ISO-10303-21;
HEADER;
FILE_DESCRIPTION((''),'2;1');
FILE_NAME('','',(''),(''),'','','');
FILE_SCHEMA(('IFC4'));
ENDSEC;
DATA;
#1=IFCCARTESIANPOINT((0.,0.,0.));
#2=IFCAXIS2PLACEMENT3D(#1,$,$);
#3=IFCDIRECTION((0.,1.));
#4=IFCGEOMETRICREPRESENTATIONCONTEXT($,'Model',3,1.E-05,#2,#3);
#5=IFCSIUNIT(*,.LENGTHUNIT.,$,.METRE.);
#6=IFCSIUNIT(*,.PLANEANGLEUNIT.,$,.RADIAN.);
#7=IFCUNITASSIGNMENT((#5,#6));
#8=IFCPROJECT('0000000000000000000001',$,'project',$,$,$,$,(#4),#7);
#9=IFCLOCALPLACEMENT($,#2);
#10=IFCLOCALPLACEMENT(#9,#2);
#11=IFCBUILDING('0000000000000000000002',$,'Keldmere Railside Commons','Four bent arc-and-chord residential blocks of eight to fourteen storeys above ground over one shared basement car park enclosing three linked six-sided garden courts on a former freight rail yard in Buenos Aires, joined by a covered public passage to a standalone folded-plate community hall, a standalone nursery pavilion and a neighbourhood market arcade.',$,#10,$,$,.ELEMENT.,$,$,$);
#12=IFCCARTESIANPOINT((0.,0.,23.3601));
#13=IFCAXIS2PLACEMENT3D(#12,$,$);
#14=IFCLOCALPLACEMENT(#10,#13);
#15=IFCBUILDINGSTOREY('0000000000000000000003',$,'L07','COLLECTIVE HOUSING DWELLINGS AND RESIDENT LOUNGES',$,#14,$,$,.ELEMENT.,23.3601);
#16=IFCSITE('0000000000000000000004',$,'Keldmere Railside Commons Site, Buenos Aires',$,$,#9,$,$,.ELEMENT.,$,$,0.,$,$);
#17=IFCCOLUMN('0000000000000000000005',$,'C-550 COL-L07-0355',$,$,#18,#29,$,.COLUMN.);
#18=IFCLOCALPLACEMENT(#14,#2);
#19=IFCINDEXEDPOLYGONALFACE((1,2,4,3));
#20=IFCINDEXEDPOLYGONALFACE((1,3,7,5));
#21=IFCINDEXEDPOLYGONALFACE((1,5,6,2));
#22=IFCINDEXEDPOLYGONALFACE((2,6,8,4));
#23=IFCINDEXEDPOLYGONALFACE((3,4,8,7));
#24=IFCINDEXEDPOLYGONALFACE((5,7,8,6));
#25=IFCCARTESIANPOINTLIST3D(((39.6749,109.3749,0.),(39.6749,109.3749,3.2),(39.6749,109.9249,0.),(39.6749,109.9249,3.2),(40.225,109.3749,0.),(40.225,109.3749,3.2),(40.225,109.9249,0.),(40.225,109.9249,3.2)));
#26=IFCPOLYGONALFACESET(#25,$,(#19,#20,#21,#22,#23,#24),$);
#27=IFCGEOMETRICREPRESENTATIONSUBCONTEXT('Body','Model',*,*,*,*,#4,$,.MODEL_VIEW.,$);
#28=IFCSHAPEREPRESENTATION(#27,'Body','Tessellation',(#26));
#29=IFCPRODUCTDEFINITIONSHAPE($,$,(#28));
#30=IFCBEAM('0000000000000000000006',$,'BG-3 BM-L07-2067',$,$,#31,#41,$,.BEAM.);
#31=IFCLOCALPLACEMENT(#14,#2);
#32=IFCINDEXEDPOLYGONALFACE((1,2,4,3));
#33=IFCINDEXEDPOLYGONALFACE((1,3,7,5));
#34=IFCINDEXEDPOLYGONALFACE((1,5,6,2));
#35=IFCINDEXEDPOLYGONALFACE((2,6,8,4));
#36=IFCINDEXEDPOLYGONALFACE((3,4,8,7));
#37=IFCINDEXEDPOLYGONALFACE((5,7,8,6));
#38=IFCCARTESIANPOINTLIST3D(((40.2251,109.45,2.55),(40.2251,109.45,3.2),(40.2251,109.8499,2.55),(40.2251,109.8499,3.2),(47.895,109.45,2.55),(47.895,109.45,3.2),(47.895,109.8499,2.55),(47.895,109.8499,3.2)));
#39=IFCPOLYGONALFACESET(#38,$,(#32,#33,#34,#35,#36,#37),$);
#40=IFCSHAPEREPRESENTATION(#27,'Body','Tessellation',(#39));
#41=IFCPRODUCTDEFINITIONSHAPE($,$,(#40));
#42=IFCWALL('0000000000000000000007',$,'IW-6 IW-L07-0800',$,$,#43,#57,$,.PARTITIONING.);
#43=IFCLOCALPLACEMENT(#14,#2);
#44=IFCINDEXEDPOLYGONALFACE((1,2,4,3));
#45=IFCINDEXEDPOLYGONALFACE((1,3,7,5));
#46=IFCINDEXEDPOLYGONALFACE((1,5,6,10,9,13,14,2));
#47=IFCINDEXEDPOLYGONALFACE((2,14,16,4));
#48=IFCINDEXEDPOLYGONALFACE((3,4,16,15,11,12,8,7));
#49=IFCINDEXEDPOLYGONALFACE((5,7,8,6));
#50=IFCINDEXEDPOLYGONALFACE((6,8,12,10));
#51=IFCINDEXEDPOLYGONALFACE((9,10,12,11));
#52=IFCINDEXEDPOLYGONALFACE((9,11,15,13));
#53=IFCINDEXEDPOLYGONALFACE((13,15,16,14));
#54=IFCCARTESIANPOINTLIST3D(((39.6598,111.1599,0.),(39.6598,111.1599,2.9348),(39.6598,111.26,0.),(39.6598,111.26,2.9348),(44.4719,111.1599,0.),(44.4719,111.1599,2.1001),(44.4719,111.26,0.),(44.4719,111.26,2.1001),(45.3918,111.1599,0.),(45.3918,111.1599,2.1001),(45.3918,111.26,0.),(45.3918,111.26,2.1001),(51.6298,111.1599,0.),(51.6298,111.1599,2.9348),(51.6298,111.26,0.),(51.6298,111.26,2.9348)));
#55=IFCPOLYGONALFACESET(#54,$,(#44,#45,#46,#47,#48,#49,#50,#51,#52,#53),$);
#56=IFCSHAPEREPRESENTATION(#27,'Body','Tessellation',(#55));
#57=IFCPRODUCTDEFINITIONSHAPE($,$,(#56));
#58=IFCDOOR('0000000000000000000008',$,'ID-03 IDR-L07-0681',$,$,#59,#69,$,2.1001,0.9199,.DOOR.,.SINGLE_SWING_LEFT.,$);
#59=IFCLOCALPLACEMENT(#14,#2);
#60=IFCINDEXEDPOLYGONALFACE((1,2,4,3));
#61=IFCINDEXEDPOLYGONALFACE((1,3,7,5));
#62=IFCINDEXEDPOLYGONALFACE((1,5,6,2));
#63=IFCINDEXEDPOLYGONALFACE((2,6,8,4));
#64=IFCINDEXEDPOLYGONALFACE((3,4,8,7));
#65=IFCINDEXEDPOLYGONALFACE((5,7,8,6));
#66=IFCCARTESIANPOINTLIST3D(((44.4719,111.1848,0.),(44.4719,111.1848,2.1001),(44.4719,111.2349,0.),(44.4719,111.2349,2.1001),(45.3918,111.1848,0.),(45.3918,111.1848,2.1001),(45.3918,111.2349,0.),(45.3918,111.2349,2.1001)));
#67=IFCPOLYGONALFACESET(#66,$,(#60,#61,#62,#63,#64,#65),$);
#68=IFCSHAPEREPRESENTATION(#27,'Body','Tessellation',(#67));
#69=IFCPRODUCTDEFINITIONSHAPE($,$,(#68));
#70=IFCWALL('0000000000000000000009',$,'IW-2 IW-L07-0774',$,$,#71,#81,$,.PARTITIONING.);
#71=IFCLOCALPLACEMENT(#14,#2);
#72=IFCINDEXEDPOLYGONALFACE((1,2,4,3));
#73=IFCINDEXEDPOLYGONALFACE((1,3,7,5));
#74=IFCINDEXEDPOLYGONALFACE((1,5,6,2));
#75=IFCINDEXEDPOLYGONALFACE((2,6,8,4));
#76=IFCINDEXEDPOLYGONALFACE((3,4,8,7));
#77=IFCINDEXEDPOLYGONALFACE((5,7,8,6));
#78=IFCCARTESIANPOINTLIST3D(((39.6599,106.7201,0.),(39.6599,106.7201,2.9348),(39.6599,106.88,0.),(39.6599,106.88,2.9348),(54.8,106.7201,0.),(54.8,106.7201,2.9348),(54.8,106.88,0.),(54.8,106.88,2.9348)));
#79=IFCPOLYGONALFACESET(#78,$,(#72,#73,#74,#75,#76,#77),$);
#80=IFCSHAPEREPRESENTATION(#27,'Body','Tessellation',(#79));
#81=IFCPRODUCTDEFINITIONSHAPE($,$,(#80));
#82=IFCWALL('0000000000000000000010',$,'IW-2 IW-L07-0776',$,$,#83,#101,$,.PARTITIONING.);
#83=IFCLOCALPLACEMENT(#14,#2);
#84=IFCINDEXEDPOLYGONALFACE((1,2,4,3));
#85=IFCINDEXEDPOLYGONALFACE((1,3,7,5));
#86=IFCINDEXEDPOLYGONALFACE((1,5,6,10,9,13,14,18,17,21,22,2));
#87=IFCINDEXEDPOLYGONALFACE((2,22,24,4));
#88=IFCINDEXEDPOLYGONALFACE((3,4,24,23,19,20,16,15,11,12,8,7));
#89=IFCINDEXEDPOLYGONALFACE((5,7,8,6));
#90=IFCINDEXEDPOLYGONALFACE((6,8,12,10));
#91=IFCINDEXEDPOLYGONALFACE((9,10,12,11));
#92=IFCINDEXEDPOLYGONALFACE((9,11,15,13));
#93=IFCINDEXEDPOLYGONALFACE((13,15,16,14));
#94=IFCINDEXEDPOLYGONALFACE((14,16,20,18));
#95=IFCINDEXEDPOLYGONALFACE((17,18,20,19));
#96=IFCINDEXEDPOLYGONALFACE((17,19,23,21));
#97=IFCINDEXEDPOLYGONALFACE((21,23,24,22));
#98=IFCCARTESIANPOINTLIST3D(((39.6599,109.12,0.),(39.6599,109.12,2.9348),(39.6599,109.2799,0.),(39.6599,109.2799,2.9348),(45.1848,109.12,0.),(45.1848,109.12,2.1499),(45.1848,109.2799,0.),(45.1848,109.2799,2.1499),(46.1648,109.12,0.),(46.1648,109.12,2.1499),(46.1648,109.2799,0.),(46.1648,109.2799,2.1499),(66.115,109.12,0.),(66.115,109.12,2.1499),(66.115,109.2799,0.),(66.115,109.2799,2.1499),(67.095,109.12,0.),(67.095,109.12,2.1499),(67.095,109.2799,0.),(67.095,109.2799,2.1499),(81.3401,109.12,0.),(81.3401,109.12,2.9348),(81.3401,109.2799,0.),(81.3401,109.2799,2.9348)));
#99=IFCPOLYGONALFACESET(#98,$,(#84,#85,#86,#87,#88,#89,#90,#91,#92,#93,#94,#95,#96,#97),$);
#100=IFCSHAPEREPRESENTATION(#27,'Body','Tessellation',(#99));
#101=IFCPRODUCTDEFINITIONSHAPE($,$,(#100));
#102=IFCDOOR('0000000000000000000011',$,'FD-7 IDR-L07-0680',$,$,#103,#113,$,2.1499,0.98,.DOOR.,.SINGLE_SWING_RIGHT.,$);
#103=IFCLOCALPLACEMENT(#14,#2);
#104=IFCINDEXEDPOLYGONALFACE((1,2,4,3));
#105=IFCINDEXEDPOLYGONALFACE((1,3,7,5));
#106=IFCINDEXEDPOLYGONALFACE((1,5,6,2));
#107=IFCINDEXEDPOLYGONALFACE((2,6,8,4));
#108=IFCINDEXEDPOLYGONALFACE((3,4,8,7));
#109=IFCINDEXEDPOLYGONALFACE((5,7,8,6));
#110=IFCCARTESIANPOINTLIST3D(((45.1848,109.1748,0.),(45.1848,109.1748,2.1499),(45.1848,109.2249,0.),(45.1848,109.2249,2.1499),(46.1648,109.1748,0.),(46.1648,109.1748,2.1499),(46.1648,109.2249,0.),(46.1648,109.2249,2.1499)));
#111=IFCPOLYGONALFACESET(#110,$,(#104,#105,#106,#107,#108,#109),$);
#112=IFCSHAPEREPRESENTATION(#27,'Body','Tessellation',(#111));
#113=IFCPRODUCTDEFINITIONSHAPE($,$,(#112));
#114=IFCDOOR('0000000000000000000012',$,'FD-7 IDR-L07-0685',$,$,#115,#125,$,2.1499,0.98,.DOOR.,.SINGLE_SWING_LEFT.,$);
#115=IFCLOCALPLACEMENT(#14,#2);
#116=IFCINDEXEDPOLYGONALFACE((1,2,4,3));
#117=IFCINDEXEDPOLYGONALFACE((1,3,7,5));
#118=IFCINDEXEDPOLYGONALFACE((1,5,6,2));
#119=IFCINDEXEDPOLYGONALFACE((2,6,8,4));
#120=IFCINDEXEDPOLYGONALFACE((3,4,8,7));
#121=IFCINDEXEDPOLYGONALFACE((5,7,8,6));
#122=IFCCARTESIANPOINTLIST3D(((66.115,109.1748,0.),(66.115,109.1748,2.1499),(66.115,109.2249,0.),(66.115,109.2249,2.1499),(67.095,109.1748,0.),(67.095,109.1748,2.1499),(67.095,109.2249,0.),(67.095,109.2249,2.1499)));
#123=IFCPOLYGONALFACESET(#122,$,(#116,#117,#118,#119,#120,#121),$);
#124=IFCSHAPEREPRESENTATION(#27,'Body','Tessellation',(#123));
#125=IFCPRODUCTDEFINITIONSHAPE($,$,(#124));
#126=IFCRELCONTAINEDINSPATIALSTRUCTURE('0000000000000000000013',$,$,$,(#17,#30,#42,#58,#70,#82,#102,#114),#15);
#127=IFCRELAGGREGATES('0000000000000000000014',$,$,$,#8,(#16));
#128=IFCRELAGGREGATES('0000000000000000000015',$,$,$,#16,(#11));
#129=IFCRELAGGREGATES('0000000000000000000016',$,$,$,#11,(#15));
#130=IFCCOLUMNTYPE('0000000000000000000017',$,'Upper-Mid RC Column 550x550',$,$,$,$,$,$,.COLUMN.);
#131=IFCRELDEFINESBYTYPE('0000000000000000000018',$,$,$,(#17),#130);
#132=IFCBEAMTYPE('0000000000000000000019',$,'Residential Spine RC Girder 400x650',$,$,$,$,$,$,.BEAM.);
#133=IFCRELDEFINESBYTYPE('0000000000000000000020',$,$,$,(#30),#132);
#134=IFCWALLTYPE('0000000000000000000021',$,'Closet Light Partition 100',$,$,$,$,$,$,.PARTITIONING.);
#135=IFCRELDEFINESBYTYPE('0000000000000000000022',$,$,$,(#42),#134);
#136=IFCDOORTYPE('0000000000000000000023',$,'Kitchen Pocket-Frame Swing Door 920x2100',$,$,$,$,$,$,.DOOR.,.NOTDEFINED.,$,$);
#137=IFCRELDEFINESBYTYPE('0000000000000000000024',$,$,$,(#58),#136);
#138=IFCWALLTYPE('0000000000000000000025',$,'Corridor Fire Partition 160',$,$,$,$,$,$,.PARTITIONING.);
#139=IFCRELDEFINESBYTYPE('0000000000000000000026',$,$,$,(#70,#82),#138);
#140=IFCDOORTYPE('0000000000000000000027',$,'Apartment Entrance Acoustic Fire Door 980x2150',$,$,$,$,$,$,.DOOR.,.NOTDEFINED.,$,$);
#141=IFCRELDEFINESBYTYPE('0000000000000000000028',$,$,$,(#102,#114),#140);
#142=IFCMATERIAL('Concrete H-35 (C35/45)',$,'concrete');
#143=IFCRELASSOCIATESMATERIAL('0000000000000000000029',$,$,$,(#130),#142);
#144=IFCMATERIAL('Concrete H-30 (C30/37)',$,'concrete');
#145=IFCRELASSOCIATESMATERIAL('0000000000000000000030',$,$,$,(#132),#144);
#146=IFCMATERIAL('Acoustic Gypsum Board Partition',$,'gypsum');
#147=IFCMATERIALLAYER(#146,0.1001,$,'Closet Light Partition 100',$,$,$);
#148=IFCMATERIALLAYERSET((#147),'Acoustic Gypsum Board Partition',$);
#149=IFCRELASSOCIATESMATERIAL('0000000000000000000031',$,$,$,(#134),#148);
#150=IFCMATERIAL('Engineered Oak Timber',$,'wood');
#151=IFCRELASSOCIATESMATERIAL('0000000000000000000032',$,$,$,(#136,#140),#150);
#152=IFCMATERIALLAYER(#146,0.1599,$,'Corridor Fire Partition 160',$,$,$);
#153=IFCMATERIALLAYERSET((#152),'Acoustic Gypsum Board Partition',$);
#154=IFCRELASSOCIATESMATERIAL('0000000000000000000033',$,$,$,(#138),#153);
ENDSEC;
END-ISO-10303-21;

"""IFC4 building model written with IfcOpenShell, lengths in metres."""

from ifc_helpers import new_model, si_unit, direction, frame, frame_2d, origin, origin_2d, place, context, subcontext, project, spatial, rectangle, extrude, material, layer, layer_set, material_profile, profile_set, type_object, element, fill, save


model = new_model("IFC4")

# Units and contexts
model_context = context("Model", 3, precision=1e-05, world=origin(), true_north=direction((0.0, 1.0)))
body_context = subcontext(model_context, "Body", "Model", "MODEL_VIEW")
ifc_project = project(units=[si_unit("LENGTHUNIT", "METRE"), si_unit("PLANEANGLEUNIT", "RADIAN")], contexts=[model_context])

# Site, building, storey
site_placement = place(None, origin())
site = spatial("IfcSite", under=ifc_project, at=site_placement, Name="Keldmere Railside Commons Site, Buenos Aires", CompositionType="ELEMENT", RefElevation=0.0)
building_placement = place(site_placement, origin())
building = spatial("IfcBuilding", under=site, at=building_placement, Name="Keldmere Railside Commons", Description="Four bent arc-and-chord residential blocks of eight to fourteen storeys above ground over one shared basement car park enclosing three linked six-sided garden courts on a former freight rail yard in Buenos Aires, joined by a covered public passage to a standalone folded-plate community hall, a standalone nursery pavilion and a neighbourhood market arcade.", CompositionType="ELEMENT")
storey_placement = place(building_placement, frame((0.0, 0.0, 23.3601)))
storey = spatial("IfcBuildingStorey", under=building, at=storey_placement, Name="L07", Description="COLLECTIVE HOUSING DWELLINGS AND RESIDENT LOUNGES", CompositionType="ELEMENT", Elevation=23.3601)

# Column
ifc_material_1 = material(Name="Concrete H-35 (C35/45)", Category="concrete")
ifc_material_profile_1 = material_profile(ifc_material_1, rectangle(XDim=0.55, YDim=0.55, at=origin_2d()), Name="RC-550x550")
ifc_profile_set_1 = profile_set([ifc_material_profile_1], Name="Concrete H-35 (C35/45)")
column_type = type_object("IfcColumnType", Name="Upper-Mid RC Column 550x550", PredefinedType="COLUMN", material=ifc_profile_set_1)
column_placement = place(storey_placement, frame((39.95, 109.6499, 0.0), z_axis=(0.0, 0.0, 1.0), x_axis=(1.0, 0.0, 0.0)))
element("IfcColumn", 1, at=column_placement, inside=storey, type_object=column_type, Name="C-550 COL-L07-0355", PredefinedType="COLUMN", context=body_context, shape_type="SweptSolid", body=[
    extrude(rectangle(XDim=0.55, YDim=0.55, at=origin_2d()), origin(), (0.0, 0.0, 1.0), 3.2),
])

# Beam
ifc_material_2 = material(Name="Concrete H-30 (C30/37)", Category="concrete")
ifc_material_profile_2 = material_profile(ifc_material_2, rectangle(XDim=0.3999, YDim=0.6499, at=origin_2d()), Name="RC-400x650")
ifc_profile_set_2 = profile_set([ifc_material_profile_2], Name="Concrete H-30 (C30/37)")
beam_type = type_object("IfcBeamType", Name="Residential Spine RC Girder 400x650", PredefinedType="BEAM", material=ifc_profile_set_2)
beam_placement = place(storey_placement, frame((40.2251, 109.6499, 2.875), z_axis=(1.0, 0.0, 0.0), x_axis=(0.0, 1.0, 0.0)))
element("IfcBeam", 2, at=beam_placement, inside=storey, type_object=beam_type, Name="BG-3 BM-L07-2067", PredefinedType="BEAM", context=body_context, shape_type="SweptSolid", body=[
    extrude(rectangle(XDim=0.3999, YDim=0.6499, at=origin_2d()), origin(), (0.0, 0.0, 1.0), 7.6699),
])

# Wall, opening, door
ifc_material_3 = material(Name="Acoustic Gypsum Board Partition", Category="gypsum")
ifc_layer_1 = layer(ifc_material_3, 0.1001, Name="Closet Light Partition 100")
ifc_layer_set_1 = layer_set([ifc_layer_1], Name="Acoustic Gypsum Board Partition")
wall_type_1 = type_object("IfcWallType", Name="Closet Light Partition 100", PredefinedType="PARTITIONING", material=ifc_layer_set_1)
wall_1_placement = place(storey_placement, frame((39.6599, 111.21, 0.0), z_axis=(0.0, 0.0, 1.0), x_axis=(1.0, 0.0, 0.0)))
wall_1 = element("IfcWall", 3, at=wall_1_placement, inside=storey, type_object=wall_type_1, Name="IW-6 IW-L07-0800", PredefinedType="PARTITIONING", context=body_context, shape_type="SweptSolid", body=[
    extrude(rectangle(XDim=11.97, YDim=0.1001, at=frame_2d((5.9849, 0.0))), origin(), (0.0, 0.0, 1.0), 2.9348),
])
opening_1_placement = place(wall_1_placement, frame((4.812, 0.0, 0.0)))
opening_1 = element("IfcOpeningElement", 4, at=opening_1_placement, cuts=wall_1, PredefinedType="OPENING", context=body_context, shape_type="SweptSolid", body=[
    extrude(rectangle(XDim=0.9199, YDim=2.1001, at=frame_2d((0.46, 1.05))), frame((0.0, 0.0601, 0.0), z_axis=(0.0, -1.0, 0.0), x_axis=(1.0, 0.0, 0.0)), (0.0, 0.0, 1.0), 0.1201),
])
ifc_material_4 = material(Name="Engineered Oak Timber", Category="wood")
door_type_1 = type_object("IfcDoorType", Name="Kitchen Pocket-Frame Swing Door 920x2100", OperationType="NOTDEFINED", PredefinedType="DOOR", material=ifc_material_4)
door_1_placement = place(opening_1_placement, origin())
door_1 = element("IfcDoor", 5, at=door_1_placement, inside=storey, type_object=door_type_1, Name="ID-03 IDR-L07-0681", OperationType="SINGLE_SWING_LEFT", OverallHeight=2.1001, OverallWidth=0.9199, PredefinedType="DOOR", context=body_context, shape_type="SweptSolid", body=[
    extrude(rectangle(XDim=0.9199, YDim=2.1001, at=frame_2d((0.46, 1.05))), frame((0.0, 0.0249, 0.0), z_axis=(0.0, -1.0, 0.0), x_axis=(1.0, 0.0, 0.0)), (0.0, 0.0, 1.0), 0.05),
])
fill(opening_1, door_1)

# Wall
ifc_layer_2 = layer(ifc_material_3, 0.1599, Name="Corridor Fire Partition 160")
ifc_layer_set_2 = layer_set([ifc_layer_2], Name="Acoustic Gypsum Board Partition")
wall_type_2 = type_object("IfcWallType", Name="Corridor Fire Partition 160", PredefinedType="PARTITIONING", material=ifc_layer_set_2)
wall_2_placement = place(storey_placement, frame((39.6599, 106.8, 0.0), z_axis=(0.0, 0.0, 1.0), x_axis=(1.0, 0.0, 0.0)))
element("IfcWall", 6, at=wall_2_placement, inside=storey, type_object=wall_type_2, Name="IW-2 IW-L07-0774", PredefinedType="PARTITIONING", context=body_context, shape_type="SweptSolid", body=[
    extrude(rectangle(XDim=15.1401, YDim=0.1599, at=frame_2d((7.5701, 0.0))), origin(), (0.0, 0.0, 1.0), 2.9348),
])

# Wall, openings, doors
wall_3_placement = place(storey_placement, frame((39.6599, 109.2, 0.0), z_axis=(0.0, 0.0, 1.0), x_axis=(1.0, 0.0, 0.0)))
wall_3 = element("IfcWall", 7, at=wall_3_placement, inside=storey, type_object=wall_type_2, Name="IW-2 IW-L07-0776", PredefinedType="PARTITIONING", context=body_context, shape_type="SweptSolid", body=[
    extrude(rectangle(XDim=41.6802, YDim=0.1599, at=frame_2d((20.8401, 0.0))), origin(), (0.0, 0.0, 1.0), 2.9348),
])
opening_2_placement = place(wall_3_placement, frame((5.5249, 0.0, 0.0)))
opening_2 = element("IfcOpeningElement", 8, at=opening_2_placement, cuts=wall_3, PredefinedType="OPENING", context=body_context, shape_type="SweptSolid", body=[
    extrude(rectangle(XDim=0.98, YDim=2.1499, at=frame_2d((0.49, 1.075))), frame((0.0, 0.0898, 0.0), z_axis=(0.0, -1.0, 0.0), x_axis=(1.0, 0.0, 0.0)), (0.0, 0.0, 1.0), 0.1799),
])
opening_3_placement = place(wall_3_placement, frame((26.4551, 0.0, 0.0)))
opening_3 = element("IfcOpeningElement", 9, at=opening_3_placement, cuts=wall_3, PredefinedType="OPENING", context=body_context, shape_type="SweptSolid", body=[
    extrude(rectangle(XDim=0.98, YDim=2.1499, at=frame_2d((0.49, 1.075))), frame((0.0, 0.0898, 0.0), z_axis=(0.0, -1.0, 0.0), x_axis=(1.0, 0.0, 0.0)), (0.0, 0.0, 1.0), 0.1799),
])
door_type_2 = type_object("IfcDoorType", Name="Apartment Entrance Acoustic Fire Door 980x2150", OperationType="NOTDEFINED", PredefinedType="DOOR", material=ifc_material_4)
door_2_placement = place(opening_2_placement, origin())
door_2 = element("IfcDoor", 10, at=door_2_placement, inside=storey, type_object=door_type_2, Name="FD-7 IDR-L07-0680", OperationType="SINGLE_SWING_RIGHT", OverallHeight=2.1499, OverallWidth=0.98, PredefinedType="DOOR", context=body_context, shape_type="SweptSolid", body=[
    extrude(rectangle(XDim=0.98, YDim=2.1499, at=frame_2d((0.49, 1.075))), frame((0.0, 0.0249, 0.0), z_axis=(0.0, -1.0, 0.0), x_axis=(1.0, 0.0, 0.0)), (0.0, 0.0, 1.0), 0.05),
])
fill(opening_2, door_2)
door_3_placement = place(opening_3_placement, origin())
door_3 = element("IfcDoor", 11, at=door_3_placement, inside=storey, type_object=door_type_2, Name="FD-7 IDR-L07-0685", OperationType="SINGLE_SWING_LEFT", OverallHeight=2.1499, OverallWidth=0.98, PredefinedType="DOOR", context=body_context, shape_type="SweptSolid", body=[
    extrude(rectangle(XDim=0.98, YDim=2.1499, at=frame_2d((0.49, 1.075))), frame((0.0, 0.0249, 0.0), z_axis=(0.0, -1.0, 0.0), x_axis=(1.0, 0.0, 0.0)), (0.0, 0.0, 1.0), 0.05),
])
fill(opening_3, door_3)

save(model, "model.ifc")
